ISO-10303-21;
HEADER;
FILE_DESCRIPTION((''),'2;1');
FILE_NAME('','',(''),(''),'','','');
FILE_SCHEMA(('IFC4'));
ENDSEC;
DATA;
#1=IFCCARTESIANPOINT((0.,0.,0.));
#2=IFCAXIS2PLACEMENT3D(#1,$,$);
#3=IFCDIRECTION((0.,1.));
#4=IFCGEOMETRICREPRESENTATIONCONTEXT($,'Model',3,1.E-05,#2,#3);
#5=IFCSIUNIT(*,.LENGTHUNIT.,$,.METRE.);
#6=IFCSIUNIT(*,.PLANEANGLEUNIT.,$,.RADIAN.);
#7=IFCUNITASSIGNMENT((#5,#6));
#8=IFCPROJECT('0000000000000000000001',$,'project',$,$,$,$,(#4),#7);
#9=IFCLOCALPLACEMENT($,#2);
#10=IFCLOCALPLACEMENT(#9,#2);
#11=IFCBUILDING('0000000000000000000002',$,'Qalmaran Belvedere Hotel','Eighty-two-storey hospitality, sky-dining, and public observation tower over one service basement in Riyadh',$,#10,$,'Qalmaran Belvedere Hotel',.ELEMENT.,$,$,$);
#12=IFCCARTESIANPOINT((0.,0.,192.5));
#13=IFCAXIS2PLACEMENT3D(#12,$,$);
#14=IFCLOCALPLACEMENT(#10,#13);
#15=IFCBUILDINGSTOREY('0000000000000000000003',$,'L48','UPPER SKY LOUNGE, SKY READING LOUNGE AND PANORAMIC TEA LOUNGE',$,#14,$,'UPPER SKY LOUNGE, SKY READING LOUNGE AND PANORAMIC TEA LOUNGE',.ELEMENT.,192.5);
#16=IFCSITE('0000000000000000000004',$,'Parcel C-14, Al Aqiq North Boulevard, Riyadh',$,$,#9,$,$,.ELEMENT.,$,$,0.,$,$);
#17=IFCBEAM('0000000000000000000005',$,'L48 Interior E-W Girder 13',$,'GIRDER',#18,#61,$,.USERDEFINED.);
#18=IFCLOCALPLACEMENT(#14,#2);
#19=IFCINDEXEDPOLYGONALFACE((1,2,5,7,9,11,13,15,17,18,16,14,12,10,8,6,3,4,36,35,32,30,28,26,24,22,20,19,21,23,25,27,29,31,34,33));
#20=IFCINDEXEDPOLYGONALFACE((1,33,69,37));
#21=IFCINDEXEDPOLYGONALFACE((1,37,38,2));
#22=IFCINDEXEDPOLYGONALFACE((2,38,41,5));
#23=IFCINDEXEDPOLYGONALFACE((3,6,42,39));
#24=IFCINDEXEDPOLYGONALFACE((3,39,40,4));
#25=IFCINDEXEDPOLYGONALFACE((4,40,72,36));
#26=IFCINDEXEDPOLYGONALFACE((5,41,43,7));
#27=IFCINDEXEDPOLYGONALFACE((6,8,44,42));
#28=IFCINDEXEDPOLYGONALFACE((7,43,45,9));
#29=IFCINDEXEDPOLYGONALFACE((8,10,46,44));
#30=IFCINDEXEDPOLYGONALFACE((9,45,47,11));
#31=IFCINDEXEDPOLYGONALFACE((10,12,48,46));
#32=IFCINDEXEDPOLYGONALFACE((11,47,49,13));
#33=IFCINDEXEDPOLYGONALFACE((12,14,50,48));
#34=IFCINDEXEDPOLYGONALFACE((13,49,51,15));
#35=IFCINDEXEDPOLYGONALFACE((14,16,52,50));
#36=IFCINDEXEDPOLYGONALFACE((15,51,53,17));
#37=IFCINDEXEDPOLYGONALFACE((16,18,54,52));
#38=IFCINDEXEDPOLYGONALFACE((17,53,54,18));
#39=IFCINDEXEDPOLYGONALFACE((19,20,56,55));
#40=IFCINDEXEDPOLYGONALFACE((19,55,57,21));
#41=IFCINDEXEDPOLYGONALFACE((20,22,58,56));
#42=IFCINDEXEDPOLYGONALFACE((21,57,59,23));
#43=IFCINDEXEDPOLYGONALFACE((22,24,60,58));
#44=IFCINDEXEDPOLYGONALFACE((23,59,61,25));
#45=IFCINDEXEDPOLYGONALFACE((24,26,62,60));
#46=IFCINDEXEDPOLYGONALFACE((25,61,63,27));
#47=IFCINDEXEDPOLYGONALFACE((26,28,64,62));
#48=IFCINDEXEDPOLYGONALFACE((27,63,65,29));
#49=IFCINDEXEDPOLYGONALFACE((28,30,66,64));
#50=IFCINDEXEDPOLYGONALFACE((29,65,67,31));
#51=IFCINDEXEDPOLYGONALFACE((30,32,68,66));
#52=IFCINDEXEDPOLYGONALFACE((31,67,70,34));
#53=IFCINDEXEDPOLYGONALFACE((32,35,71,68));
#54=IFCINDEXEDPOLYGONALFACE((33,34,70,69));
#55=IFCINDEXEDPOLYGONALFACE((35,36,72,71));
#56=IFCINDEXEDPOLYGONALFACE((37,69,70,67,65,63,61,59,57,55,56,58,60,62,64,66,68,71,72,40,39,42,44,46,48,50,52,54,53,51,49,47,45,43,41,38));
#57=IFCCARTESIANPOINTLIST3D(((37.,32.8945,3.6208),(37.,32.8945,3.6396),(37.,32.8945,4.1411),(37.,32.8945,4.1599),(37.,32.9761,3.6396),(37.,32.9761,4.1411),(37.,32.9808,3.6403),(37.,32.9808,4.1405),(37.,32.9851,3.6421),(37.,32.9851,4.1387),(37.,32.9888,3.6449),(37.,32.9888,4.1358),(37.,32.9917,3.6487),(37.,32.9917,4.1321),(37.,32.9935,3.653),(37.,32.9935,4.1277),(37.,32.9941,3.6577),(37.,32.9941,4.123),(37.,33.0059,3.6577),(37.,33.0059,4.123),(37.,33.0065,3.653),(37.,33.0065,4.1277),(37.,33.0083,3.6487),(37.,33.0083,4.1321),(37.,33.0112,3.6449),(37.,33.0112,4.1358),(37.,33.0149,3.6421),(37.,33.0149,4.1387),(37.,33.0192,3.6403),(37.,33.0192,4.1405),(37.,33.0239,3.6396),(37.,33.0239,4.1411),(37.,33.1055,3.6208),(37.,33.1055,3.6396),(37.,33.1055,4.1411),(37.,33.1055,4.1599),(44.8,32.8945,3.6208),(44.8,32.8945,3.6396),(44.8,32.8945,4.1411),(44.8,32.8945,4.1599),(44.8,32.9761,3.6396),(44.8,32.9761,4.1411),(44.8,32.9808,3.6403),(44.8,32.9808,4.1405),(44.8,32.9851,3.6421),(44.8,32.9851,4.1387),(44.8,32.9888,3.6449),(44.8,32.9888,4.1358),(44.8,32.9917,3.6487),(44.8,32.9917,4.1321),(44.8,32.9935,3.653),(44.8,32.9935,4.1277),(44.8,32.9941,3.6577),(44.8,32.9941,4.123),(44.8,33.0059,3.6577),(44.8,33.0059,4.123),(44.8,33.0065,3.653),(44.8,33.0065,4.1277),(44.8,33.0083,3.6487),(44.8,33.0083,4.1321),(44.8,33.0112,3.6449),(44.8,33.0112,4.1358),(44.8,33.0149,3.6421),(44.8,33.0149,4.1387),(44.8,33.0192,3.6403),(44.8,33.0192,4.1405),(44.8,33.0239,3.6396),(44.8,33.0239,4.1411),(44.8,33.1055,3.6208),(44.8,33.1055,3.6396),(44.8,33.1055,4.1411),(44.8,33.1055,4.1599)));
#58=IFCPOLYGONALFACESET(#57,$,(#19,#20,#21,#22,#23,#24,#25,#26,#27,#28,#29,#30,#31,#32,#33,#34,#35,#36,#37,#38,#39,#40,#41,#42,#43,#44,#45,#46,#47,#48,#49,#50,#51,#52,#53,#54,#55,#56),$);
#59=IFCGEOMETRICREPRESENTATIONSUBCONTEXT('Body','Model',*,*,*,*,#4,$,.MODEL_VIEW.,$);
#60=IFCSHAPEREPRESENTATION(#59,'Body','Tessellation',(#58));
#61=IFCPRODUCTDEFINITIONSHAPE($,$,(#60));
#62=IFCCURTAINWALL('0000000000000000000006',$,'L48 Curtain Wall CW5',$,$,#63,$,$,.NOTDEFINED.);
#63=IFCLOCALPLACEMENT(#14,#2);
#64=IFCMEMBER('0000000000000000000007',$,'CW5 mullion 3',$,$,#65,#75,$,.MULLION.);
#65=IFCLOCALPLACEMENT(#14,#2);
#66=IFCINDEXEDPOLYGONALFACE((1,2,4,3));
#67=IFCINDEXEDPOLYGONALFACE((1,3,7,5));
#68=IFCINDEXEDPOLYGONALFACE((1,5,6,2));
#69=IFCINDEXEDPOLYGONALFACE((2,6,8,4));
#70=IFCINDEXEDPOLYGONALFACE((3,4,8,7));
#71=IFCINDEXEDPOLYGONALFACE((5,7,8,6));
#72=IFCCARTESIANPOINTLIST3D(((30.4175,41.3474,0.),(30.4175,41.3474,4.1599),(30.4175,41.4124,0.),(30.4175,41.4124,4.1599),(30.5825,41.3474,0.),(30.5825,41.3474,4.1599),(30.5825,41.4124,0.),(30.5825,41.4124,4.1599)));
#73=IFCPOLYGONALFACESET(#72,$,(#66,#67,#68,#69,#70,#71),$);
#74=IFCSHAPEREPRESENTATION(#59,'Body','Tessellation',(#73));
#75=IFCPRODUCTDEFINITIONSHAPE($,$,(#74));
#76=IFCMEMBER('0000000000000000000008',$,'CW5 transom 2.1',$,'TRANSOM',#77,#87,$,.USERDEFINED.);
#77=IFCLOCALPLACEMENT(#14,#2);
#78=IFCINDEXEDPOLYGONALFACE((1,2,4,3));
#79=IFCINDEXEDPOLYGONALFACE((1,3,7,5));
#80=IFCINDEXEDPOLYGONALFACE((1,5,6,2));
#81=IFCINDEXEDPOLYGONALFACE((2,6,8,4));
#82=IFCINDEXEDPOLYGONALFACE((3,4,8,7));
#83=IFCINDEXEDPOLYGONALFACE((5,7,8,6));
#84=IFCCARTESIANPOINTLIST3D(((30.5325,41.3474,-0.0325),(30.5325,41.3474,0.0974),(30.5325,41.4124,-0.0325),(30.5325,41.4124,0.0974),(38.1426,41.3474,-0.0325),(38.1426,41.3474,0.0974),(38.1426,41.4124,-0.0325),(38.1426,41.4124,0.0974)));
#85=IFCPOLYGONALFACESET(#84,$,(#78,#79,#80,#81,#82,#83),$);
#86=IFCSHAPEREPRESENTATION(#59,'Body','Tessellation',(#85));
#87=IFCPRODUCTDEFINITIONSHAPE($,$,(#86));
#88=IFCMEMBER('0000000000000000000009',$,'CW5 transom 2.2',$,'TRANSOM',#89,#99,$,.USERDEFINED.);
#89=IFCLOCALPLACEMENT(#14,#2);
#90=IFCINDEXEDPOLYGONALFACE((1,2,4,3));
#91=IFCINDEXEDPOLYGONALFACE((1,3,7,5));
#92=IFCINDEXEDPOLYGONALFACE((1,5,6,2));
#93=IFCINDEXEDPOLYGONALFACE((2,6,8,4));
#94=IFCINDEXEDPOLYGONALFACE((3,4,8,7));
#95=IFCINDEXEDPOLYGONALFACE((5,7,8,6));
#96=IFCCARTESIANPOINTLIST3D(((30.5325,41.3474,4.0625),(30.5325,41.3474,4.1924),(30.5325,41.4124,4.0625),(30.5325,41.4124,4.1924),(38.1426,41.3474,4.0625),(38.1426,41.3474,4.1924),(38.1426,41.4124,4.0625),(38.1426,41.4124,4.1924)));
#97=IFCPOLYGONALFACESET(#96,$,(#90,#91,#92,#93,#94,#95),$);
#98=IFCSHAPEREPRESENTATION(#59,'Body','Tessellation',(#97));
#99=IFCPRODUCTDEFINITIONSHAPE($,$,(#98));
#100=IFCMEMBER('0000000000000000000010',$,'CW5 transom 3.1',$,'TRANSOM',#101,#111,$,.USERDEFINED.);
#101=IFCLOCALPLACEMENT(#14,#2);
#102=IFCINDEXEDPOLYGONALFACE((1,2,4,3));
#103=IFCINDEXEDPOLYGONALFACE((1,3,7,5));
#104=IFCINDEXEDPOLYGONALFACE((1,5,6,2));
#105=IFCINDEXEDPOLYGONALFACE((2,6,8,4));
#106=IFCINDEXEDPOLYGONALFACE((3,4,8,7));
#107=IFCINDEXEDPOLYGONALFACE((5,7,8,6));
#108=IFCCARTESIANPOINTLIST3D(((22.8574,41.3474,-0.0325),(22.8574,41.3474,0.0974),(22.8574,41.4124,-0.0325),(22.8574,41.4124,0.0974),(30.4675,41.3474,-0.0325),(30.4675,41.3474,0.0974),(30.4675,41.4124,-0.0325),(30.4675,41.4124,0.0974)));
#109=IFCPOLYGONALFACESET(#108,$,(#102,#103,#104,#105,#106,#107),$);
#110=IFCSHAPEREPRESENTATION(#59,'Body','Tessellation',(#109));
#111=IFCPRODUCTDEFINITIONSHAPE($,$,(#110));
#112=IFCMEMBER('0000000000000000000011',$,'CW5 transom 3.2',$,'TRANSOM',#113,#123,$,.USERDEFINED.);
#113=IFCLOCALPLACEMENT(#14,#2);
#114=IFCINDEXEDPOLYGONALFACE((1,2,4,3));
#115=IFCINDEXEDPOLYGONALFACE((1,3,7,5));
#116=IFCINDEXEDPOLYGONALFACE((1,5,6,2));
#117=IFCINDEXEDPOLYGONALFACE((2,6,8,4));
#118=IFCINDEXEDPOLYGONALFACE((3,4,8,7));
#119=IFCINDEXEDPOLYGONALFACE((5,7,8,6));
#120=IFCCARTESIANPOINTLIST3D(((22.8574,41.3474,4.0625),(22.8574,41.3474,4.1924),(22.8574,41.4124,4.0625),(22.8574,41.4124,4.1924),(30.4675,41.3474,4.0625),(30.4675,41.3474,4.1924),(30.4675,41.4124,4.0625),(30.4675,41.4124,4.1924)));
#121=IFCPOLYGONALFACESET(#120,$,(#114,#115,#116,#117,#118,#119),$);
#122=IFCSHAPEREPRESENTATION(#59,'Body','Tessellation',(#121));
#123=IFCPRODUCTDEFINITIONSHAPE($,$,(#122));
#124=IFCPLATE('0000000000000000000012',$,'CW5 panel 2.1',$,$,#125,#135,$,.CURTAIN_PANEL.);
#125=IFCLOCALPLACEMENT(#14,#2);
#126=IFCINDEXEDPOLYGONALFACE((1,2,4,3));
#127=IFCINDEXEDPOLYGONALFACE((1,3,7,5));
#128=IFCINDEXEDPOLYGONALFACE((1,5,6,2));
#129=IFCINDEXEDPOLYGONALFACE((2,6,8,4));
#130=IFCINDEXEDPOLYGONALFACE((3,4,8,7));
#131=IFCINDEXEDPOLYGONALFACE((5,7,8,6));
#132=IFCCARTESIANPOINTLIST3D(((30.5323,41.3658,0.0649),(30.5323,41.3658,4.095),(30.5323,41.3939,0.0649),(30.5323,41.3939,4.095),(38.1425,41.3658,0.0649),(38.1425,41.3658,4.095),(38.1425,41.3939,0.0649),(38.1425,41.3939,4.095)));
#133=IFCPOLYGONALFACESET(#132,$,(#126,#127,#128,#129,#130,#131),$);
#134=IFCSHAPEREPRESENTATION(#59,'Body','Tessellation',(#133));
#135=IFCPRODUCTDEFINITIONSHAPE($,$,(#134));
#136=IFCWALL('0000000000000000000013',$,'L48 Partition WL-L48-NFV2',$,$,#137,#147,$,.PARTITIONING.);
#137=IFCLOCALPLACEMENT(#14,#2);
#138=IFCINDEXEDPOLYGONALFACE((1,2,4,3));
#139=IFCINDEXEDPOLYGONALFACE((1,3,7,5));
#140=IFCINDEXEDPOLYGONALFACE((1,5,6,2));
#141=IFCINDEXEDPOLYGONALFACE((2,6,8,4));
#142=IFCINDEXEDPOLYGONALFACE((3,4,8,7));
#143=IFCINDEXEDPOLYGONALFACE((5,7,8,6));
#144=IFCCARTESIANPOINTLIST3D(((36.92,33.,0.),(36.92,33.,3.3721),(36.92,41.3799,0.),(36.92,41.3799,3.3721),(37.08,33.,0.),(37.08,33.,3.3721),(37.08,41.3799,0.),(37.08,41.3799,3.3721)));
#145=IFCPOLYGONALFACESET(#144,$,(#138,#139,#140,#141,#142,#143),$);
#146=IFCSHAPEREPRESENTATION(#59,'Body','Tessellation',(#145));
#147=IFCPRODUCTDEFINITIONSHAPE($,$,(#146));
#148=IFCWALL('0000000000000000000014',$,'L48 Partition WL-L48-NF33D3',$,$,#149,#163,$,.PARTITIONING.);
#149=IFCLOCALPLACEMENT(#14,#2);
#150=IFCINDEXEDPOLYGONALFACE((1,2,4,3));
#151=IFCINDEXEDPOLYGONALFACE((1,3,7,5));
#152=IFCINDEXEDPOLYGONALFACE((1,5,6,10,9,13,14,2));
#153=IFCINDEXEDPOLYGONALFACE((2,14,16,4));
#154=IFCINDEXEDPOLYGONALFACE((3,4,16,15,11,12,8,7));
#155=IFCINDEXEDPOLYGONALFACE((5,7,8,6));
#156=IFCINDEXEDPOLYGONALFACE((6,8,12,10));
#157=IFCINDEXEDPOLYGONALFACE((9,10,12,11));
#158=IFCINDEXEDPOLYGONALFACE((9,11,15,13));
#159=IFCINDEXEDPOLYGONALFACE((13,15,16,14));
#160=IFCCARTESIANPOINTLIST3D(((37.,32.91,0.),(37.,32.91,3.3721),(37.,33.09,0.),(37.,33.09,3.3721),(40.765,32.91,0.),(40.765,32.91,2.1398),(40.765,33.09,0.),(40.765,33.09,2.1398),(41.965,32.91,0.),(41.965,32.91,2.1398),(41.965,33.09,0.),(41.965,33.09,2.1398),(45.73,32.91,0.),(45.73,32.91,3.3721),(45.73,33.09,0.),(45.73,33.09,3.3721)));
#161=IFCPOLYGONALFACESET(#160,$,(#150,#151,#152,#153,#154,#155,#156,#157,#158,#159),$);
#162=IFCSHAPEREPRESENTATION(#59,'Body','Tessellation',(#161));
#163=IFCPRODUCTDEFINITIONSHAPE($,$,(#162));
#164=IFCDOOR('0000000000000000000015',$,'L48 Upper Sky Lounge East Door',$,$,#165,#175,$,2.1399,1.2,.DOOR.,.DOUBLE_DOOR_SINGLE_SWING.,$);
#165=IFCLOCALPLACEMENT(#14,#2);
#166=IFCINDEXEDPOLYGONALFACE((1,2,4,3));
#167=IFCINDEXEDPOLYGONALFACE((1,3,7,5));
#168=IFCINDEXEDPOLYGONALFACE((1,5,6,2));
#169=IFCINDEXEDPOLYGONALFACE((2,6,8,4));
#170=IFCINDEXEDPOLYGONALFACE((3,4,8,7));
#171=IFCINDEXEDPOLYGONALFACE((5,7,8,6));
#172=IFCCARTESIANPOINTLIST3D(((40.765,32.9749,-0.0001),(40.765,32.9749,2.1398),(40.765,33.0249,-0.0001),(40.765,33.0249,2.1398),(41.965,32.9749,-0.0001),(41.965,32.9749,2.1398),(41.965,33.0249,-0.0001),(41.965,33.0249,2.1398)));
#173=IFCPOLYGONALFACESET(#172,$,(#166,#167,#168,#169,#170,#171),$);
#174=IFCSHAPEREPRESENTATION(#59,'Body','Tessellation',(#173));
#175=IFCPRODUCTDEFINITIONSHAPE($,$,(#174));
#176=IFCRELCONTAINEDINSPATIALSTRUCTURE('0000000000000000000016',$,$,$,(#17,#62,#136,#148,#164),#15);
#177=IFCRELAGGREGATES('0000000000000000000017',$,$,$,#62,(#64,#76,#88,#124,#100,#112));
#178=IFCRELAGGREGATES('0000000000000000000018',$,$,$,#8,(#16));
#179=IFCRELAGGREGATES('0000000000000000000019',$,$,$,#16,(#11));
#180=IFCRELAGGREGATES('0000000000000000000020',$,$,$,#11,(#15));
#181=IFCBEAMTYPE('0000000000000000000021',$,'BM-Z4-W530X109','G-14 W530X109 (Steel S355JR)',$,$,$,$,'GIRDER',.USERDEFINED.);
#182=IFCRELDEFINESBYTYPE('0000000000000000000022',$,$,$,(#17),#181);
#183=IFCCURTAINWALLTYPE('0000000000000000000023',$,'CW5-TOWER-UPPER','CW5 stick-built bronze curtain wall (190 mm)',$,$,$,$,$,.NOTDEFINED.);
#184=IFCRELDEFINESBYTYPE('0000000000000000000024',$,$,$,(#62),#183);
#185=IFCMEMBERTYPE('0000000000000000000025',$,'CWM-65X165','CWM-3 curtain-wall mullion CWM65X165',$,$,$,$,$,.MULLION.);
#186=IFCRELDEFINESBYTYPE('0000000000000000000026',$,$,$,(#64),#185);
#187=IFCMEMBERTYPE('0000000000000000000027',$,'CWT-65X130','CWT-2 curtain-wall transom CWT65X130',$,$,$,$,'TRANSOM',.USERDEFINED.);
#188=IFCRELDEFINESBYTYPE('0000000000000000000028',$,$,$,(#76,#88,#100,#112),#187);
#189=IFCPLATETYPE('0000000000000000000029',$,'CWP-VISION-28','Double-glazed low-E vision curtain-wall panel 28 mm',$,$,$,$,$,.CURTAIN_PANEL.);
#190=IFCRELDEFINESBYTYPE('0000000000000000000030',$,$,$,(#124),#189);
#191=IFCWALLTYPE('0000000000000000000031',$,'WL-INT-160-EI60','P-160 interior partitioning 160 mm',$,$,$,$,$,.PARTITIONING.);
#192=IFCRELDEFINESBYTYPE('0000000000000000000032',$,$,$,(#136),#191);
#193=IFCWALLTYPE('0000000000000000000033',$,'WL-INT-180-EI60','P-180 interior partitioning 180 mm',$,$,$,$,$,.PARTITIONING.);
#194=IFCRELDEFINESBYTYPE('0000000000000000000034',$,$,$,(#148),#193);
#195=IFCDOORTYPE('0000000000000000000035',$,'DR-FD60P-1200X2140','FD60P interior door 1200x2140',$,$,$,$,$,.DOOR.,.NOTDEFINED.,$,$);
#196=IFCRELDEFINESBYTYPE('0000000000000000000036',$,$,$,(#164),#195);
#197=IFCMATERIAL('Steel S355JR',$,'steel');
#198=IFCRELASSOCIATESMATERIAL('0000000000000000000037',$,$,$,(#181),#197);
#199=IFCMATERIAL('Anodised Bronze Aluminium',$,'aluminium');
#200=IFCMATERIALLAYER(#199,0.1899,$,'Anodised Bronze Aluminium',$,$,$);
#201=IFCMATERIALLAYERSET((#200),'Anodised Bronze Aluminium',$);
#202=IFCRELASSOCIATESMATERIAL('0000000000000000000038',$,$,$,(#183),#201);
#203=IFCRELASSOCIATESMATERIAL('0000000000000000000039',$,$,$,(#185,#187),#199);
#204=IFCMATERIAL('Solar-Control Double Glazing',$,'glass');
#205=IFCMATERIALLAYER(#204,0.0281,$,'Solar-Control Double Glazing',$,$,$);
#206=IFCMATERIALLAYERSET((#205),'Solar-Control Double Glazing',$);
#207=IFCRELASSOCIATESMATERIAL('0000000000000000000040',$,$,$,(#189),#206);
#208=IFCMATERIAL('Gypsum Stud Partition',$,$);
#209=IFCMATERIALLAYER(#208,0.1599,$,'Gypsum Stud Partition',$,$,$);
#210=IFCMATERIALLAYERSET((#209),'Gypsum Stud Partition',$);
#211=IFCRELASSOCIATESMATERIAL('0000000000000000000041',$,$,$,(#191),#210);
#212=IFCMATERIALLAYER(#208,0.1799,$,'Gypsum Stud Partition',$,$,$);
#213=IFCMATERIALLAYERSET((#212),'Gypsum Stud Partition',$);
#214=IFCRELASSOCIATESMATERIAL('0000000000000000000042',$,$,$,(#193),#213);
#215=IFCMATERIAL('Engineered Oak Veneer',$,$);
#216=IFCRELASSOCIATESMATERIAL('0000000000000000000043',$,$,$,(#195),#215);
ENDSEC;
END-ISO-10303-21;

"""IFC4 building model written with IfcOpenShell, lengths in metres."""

from ifc_helpers import new_model, si_unit, direction, frame, frame_2d, origin, origin_2d, place, context, subcontext, project, spatial, rectangle, i_section, extrude, material, layer, layer_set, material_profile, profile_set, type_object, element, fill, aggregate, save


model = new_model("IFC4")

# Units and contexts
model_context = context("Model", 3, precision=1e-05, world=origin(), true_north=direction((0.0, 1.0)))
body_context = subcontext(model_context, "Body", "Model", "MODEL_VIEW")
ifc_project = project(units=[si_unit("LENGTHUNIT", "METRE"), si_unit("PLANEANGLEUNIT", "RADIAN")], contexts=[model_context])

# Site, building, storey
site_placement = place(None, origin())
site = spatial("IfcSite", under=ifc_project, at=site_placement, Name="Parcel C-14, Al Aqiq North Boulevard, Riyadh", CompositionType="ELEMENT", RefElevation=0.0)
building_placement = place(site_placement, origin())
building = spatial("IfcBuilding", under=site, at=building_placement, Name="Qalmaran Belvedere Hotel", Description="Eighty-two-storey hospitality, sky-dining, and public observation tower over one service basement in Riyadh", LongName="Qalmaran Belvedere Hotel", CompositionType="ELEMENT")
storey_placement = place(building_placement, frame((0.0, 0.0, 192.5)))
storey = spatial("IfcBuildingStorey", under=building, at=storey_placement, Name="L48", Description="UPPER SKY LOUNGE, SKY READING LOUNGE AND PANORAMIC TEA LOUNGE", LongName="UPPER SKY LOUNGE, SKY READING LOUNGE AND PANORAMIC TEA LOUNGE", CompositionType="ELEMENT", Elevation=192.5)

# Beam
ifc_material_1 = material(Name="Steel S355JR", Category="steel")
ifc_material_profile_1 = material_profile(ifc_material_1, i_section(OverallWidth=0.2109, OverallDepth=0.5391, WebThickness=0.0117, FlangeThickness=0.0188, FilletRadius=0.0181, at=origin_2d()), Name="W530X109")
ifc_profile_set_1 = profile_set([ifc_material_profile_1], Name="Steel S355JR")
beam_type_1 = type_object("IfcBeamType", Name="BM-Z4-W530X109", Description="G-14 W530X109 (Steel S355JR)", ElementType="GIRDER", PredefinedType="USERDEFINED", material=ifc_profile_set_1)
beam_1_placement = place(storey_placement, frame((37.0, 33.0, 3.8904), z_axis=(1.0, 0.0, 0.0), x_axis=(0.0, 1.0, 0.0)))
element("IfcBeam", 1, at=beam_1_placement, inside=storey, type_object=beam_type_1, Name="L48 Interior E-W Girder 13", ObjectType="GIRDER", PredefinedType="USERDEFINED", context=body_context, shape_type="SweptSolid", body=[
    extrude(i_section(OverallWidth=0.2109, OverallDepth=0.5391, WebThickness=0.0117, FlangeThickness=0.0188, FilletRadius=0.0181, at=origin_2d()), origin(), (0.0, 0.0, 1.0), 7.8),
])

# Curtain wall, members, plate
ifc_material_2 = material(Name="Anodised Bronze Aluminium", Category="aluminium")
ifc_layer_1 = layer(ifc_material_2, 0.1899, Name="Anodised Bronze Aluminium")
ifc_layer_set_1 = layer_set([ifc_layer_1], Name="Anodised Bronze Aluminium")
curtain_wall_type = type_object("IfcCurtainWallType", Name="CW5-TOWER-UPPER", Description="CW5 stick-built bronze curtain wall (190 mm)", PredefinedType="NOTDEFINED", material=ifc_layer_set_1)
curtain_wall_placement = place(storey_placement, origin())
curtain_wall = element("IfcCurtainWall", 2, at=curtain_wall_placement, inside=storey, type_object=curtain_wall_type, Name="L48 Curtain Wall CW5", PredefinedType="NOTDEFINED")
ifc_material_profile_2 = material_profile(ifc_material_2, rectangle(XDim=0.0649, YDim=0.165, at=origin_2d()), Name="CWM65X165")
ifc_profile_set_2 = profile_set([ifc_material_profile_2], Name="Anodised Bronze Aluminium")
member_type_1 = type_object("IfcMemberType", Name="CWM-65X165", Description="CWM-3 curtain-wall mullion CWM65X165", PredefinedType="MULLION", material=ifc_profile_set_2)
member_1_placement = place(storey_placement, frame((30.5, 41.3799, 0.0), z_axis=(0.0, 0.0, 1.0), x_axis=(0.0, -1.0, 0.0)))
member_1 = element("IfcMember", 3, at=member_1_placement, type_object=member_type_1, Name="CW5 mullion 3", PredefinedType="MULLION", context=body_context, shape_type="SweptSolid", body=[
    extrude(rectangle(XDim=0.0649, YDim=0.165, at=origin_2d()), origin(), (0.0, 0.0, 1.0), 4.1599),
])
ifc_material_profile_3 = material_profile(ifc_material_2, rectangle(XDim=0.0649, YDim=0.1299, at=origin_2d()), Name="CWT65X130")
ifc_profile_set_3 = profile_set([ifc_material_profile_3], Name="Anodised Bronze Aluminium")
member_type_2 = type_object("IfcMemberType", Name="CWT-65X130", Description="CWT-2 curtain-wall transom CWT65X130", ElementType="TRANSOM", PredefinedType="USERDEFINED", material=ifc_profile_set_3)
member_2_placement = place(storey_placement, frame((38.1426, 41.3799, 0.0325), z_axis=(-1.0, 0.0, 0.0), x_axis=(0.0, -1.0, 0.0)))
member_2 = element("IfcMember", 4, at=member_2_placement, type_object=member_type_2, Name="CW5 transom 2.1", ObjectType="TRANSOM", PredefinedType="USERDEFINED", context=body_context, shape_type="SweptSolid", body=[
    extrude(rectangle(XDim=0.0649, YDim=0.1299, at=origin_2d()), origin(), (0.0, 0.0, 1.0), 7.6101),
])
member_3_placement = place(storey_placement, frame((38.1426, 41.3799, 4.1274), z_axis=(-1.0, 0.0, 0.0), x_axis=(0.0, -1.0, 0.0)))
member_3 = element("IfcMember", 5, at=member_3_placement, type_object=member_type_2, Name="CW5 transom 2.2", ObjectType="TRANSOM", PredefinedType="USERDEFINED", context=body_context, shape_type="SweptSolid", body=[
    extrude(rectangle(XDim=0.0649, YDim=0.1299, at=origin_2d()), origin(), (0.0, 0.0, 1.0), 7.6101),
])
member_4_placement = place(storey_placement, frame((30.4675, 41.3799, 0.0325), z_axis=(-1.0, 0.0, 0.0), x_axis=(0.0, -1.0, 0.0)))
member_4 = element("IfcMember", 6, at=member_4_placement, type_object=member_type_2, Name="CW5 transom 3.1", ObjectType="TRANSOM", PredefinedType="USERDEFINED", context=body_context, shape_type="SweptSolid", body=[
    extrude(rectangle(XDim=0.0649, YDim=0.1299, at=origin_2d()), origin(), (0.0, 0.0, 1.0), 7.6101),
])
member_5_placement = place(storey_placement, frame((30.4675, 41.3799, 4.1274), z_axis=(-1.0, 0.0, 0.0), x_axis=(0.0, -1.0, 0.0)))
member_5 = element("IfcMember", 7, at=member_5_placement, type_object=member_type_2, Name="CW5 transom 3.2", ObjectType="TRANSOM", PredefinedType="USERDEFINED", context=body_context, shape_type="SweptSolid", body=[
    extrude(rectangle(XDim=0.0649, YDim=0.1299, at=origin_2d()), origin(), (0.0, 0.0, 1.0), 7.6101),
])
ifc_material_3 = material(Name="Solar-Control Double Glazing", Category="glass")
ifc_layer_2 = layer(ifc_material_3, 0.0281, Name="Solar-Control Double Glazing")
ifc_layer_set_2 = layer_set([ifc_layer_2], Name="Solar-Control Double Glazing")
plate_type = type_object("IfcPlateType", Name="CWP-VISION-28", Description="Double-glazed low-E vision curtain-wall panel 28 mm", PredefinedType="CURTAIN_PANEL", material=ifc_layer_set_2)
plate_placement = place(storey_placement, frame((34.3374, 41.3799, 0.0649), z_axis=(0.0, 0.0, 1.0), x_axis=(-1.0, 0.0, 0.0)))
plate = element("IfcPlate", 8, at=plate_placement, type_object=plate_type, Name="CW5 panel 2.1", PredefinedType="CURTAIN_PANEL", context=body_context, shape_type="SweptSolid", body=[
    extrude(rectangle(XDim=7.6101, YDim=0.0281, at=origin_2d()), origin(), (0.0, 0.0, 1.0), 4.03),
])
aggregate(curtain_wall, [member_1, member_2, member_3, plate, member_4, member_5])

# Wall
ifc_material_4 = material(Name="Gypsum Stud Partition")
ifc_layer_3 = layer(ifc_material_4, 0.1599, Name="Gypsum Stud Partition")
ifc_layer_set_3 = layer_set([ifc_layer_3], Name="Gypsum Stud Partition")
wall_type_1 = type_object("IfcWallType", Name="WL-INT-160-EI60", Description="P-160 interior partitioning 160 mm", PredefinedType="PARTITIONING", material=ifc_layer_set_3)
wall_1_placement = place(storey_placement, frame((37.0, 33.0, 0.0), z_axis=(0.0, 0.0, 1.0), x_axis=(0.0, 1.0, 0.0)))
element("IfcWall", 9, at=wall_1_placement, inside=storey, type_object=wall_type_1, Name="L48 Partition WL-L48-NFV2", PredefinedType="PARTITIONING", context=body_context, shape_type="SweptSolid", body=[
    extrude(rectangle(XDim=8.3799, YDim=0.1599, at=frame_2d((4.1899, 0.0))), origin(), (0.0, 0.0, 1.0), 3.3721),
])

# Wall, opening, door
ifc_layer_4 = layer(ifc_material_4, 0.1799, Name="Gypsum Stud Partition")
ifc_layer_set_4 = layer_set([ifc_layer_4], Name="Gypsum Stud Partition")
wall_type_2 = type_object("IfcWallType", Name="WL-INT-180-EI60", Description="P-180 interior partitioning 180 mm", PredefinedType="PARTITIONING", material=ifc_layer_set_4)
wall_2_placement = place(storey_placement, frame((37.0, 33.0, 0.0), z_axis=(0.0, 0.0, 1.0), x_axis=(1.0, 0.0, 0.0)))
wall_2 = element("IfcWall", 10, at=wall_2_placement, inside=storey, type_object=wall_type_2, Name="L48 Partition WL-L48-NF33D3", PredefinedType="PARTITIONING", context=body_context, shape_type="SweptSolid", body=[
    extrude(rectangle(XDim=8.73, YDim=0.1799, at=frame_2d((4.365, 0.0))), origin(), (0.0, 0.0, 1.0), 3.3721),
])
opening_placement = place(wall_2_placement, frame((3.7649, 0.0, 0.0)))
opening = element("IfcOpeningElement", 11, at=opening_placement, cuts=wall_2, PredefinedType="OPENING", context=body_context, shape_type="SweptSolid", body=[
    extrude(rectangle(XDim=1.2, YDim=2.1399, at=frame_2d((0.6001, 1.0698))), frame((0.0, 0.1001, 0.0), z_axis=(0.0, -1.0, 0.0), x_axis=(1.0, 0.0, 0.0)), (0.0, 0.0, 1.0), 0.2),
])
ifc_material_5 = material(Name="Engineered Oak Veneer")
door_type = type_object("IfcDoorType", Name="DR-FD60P-1200X2140", Description="FD60P interior door 1200x2140", OperationType="NOTDEFINED", PredefinedType="DOOR", material=ifc_material_5)
door_placement = place(opening_placement, origin())
door = element("IfcDoor", 12, at=door_placement, inside=storey, type_object=door_type, Name="L48 Upper Sky Lounge East Door", OperationType="DOUBLE_DOOR_SINGLE_SWING", OverallHeight=2.1399, OverallWidth=1.2, PredefinedType="DOOR", context=body_context, shape_type="SweptSolid", body=[
    extrude(rectangle(XDim=1.2, YDim=2.1399, at=frame_2d((0.6001, 1.0698))), frame((0.0, 0.0249, 0.0), z_axis=(0.0, -1.0, 0.0), x_axis=(1.0, 0.0, 0.0)), (0.0, 0.0, 1.0), 0.05),
])
fill(opening, door)

save(model, "model.ifc")
